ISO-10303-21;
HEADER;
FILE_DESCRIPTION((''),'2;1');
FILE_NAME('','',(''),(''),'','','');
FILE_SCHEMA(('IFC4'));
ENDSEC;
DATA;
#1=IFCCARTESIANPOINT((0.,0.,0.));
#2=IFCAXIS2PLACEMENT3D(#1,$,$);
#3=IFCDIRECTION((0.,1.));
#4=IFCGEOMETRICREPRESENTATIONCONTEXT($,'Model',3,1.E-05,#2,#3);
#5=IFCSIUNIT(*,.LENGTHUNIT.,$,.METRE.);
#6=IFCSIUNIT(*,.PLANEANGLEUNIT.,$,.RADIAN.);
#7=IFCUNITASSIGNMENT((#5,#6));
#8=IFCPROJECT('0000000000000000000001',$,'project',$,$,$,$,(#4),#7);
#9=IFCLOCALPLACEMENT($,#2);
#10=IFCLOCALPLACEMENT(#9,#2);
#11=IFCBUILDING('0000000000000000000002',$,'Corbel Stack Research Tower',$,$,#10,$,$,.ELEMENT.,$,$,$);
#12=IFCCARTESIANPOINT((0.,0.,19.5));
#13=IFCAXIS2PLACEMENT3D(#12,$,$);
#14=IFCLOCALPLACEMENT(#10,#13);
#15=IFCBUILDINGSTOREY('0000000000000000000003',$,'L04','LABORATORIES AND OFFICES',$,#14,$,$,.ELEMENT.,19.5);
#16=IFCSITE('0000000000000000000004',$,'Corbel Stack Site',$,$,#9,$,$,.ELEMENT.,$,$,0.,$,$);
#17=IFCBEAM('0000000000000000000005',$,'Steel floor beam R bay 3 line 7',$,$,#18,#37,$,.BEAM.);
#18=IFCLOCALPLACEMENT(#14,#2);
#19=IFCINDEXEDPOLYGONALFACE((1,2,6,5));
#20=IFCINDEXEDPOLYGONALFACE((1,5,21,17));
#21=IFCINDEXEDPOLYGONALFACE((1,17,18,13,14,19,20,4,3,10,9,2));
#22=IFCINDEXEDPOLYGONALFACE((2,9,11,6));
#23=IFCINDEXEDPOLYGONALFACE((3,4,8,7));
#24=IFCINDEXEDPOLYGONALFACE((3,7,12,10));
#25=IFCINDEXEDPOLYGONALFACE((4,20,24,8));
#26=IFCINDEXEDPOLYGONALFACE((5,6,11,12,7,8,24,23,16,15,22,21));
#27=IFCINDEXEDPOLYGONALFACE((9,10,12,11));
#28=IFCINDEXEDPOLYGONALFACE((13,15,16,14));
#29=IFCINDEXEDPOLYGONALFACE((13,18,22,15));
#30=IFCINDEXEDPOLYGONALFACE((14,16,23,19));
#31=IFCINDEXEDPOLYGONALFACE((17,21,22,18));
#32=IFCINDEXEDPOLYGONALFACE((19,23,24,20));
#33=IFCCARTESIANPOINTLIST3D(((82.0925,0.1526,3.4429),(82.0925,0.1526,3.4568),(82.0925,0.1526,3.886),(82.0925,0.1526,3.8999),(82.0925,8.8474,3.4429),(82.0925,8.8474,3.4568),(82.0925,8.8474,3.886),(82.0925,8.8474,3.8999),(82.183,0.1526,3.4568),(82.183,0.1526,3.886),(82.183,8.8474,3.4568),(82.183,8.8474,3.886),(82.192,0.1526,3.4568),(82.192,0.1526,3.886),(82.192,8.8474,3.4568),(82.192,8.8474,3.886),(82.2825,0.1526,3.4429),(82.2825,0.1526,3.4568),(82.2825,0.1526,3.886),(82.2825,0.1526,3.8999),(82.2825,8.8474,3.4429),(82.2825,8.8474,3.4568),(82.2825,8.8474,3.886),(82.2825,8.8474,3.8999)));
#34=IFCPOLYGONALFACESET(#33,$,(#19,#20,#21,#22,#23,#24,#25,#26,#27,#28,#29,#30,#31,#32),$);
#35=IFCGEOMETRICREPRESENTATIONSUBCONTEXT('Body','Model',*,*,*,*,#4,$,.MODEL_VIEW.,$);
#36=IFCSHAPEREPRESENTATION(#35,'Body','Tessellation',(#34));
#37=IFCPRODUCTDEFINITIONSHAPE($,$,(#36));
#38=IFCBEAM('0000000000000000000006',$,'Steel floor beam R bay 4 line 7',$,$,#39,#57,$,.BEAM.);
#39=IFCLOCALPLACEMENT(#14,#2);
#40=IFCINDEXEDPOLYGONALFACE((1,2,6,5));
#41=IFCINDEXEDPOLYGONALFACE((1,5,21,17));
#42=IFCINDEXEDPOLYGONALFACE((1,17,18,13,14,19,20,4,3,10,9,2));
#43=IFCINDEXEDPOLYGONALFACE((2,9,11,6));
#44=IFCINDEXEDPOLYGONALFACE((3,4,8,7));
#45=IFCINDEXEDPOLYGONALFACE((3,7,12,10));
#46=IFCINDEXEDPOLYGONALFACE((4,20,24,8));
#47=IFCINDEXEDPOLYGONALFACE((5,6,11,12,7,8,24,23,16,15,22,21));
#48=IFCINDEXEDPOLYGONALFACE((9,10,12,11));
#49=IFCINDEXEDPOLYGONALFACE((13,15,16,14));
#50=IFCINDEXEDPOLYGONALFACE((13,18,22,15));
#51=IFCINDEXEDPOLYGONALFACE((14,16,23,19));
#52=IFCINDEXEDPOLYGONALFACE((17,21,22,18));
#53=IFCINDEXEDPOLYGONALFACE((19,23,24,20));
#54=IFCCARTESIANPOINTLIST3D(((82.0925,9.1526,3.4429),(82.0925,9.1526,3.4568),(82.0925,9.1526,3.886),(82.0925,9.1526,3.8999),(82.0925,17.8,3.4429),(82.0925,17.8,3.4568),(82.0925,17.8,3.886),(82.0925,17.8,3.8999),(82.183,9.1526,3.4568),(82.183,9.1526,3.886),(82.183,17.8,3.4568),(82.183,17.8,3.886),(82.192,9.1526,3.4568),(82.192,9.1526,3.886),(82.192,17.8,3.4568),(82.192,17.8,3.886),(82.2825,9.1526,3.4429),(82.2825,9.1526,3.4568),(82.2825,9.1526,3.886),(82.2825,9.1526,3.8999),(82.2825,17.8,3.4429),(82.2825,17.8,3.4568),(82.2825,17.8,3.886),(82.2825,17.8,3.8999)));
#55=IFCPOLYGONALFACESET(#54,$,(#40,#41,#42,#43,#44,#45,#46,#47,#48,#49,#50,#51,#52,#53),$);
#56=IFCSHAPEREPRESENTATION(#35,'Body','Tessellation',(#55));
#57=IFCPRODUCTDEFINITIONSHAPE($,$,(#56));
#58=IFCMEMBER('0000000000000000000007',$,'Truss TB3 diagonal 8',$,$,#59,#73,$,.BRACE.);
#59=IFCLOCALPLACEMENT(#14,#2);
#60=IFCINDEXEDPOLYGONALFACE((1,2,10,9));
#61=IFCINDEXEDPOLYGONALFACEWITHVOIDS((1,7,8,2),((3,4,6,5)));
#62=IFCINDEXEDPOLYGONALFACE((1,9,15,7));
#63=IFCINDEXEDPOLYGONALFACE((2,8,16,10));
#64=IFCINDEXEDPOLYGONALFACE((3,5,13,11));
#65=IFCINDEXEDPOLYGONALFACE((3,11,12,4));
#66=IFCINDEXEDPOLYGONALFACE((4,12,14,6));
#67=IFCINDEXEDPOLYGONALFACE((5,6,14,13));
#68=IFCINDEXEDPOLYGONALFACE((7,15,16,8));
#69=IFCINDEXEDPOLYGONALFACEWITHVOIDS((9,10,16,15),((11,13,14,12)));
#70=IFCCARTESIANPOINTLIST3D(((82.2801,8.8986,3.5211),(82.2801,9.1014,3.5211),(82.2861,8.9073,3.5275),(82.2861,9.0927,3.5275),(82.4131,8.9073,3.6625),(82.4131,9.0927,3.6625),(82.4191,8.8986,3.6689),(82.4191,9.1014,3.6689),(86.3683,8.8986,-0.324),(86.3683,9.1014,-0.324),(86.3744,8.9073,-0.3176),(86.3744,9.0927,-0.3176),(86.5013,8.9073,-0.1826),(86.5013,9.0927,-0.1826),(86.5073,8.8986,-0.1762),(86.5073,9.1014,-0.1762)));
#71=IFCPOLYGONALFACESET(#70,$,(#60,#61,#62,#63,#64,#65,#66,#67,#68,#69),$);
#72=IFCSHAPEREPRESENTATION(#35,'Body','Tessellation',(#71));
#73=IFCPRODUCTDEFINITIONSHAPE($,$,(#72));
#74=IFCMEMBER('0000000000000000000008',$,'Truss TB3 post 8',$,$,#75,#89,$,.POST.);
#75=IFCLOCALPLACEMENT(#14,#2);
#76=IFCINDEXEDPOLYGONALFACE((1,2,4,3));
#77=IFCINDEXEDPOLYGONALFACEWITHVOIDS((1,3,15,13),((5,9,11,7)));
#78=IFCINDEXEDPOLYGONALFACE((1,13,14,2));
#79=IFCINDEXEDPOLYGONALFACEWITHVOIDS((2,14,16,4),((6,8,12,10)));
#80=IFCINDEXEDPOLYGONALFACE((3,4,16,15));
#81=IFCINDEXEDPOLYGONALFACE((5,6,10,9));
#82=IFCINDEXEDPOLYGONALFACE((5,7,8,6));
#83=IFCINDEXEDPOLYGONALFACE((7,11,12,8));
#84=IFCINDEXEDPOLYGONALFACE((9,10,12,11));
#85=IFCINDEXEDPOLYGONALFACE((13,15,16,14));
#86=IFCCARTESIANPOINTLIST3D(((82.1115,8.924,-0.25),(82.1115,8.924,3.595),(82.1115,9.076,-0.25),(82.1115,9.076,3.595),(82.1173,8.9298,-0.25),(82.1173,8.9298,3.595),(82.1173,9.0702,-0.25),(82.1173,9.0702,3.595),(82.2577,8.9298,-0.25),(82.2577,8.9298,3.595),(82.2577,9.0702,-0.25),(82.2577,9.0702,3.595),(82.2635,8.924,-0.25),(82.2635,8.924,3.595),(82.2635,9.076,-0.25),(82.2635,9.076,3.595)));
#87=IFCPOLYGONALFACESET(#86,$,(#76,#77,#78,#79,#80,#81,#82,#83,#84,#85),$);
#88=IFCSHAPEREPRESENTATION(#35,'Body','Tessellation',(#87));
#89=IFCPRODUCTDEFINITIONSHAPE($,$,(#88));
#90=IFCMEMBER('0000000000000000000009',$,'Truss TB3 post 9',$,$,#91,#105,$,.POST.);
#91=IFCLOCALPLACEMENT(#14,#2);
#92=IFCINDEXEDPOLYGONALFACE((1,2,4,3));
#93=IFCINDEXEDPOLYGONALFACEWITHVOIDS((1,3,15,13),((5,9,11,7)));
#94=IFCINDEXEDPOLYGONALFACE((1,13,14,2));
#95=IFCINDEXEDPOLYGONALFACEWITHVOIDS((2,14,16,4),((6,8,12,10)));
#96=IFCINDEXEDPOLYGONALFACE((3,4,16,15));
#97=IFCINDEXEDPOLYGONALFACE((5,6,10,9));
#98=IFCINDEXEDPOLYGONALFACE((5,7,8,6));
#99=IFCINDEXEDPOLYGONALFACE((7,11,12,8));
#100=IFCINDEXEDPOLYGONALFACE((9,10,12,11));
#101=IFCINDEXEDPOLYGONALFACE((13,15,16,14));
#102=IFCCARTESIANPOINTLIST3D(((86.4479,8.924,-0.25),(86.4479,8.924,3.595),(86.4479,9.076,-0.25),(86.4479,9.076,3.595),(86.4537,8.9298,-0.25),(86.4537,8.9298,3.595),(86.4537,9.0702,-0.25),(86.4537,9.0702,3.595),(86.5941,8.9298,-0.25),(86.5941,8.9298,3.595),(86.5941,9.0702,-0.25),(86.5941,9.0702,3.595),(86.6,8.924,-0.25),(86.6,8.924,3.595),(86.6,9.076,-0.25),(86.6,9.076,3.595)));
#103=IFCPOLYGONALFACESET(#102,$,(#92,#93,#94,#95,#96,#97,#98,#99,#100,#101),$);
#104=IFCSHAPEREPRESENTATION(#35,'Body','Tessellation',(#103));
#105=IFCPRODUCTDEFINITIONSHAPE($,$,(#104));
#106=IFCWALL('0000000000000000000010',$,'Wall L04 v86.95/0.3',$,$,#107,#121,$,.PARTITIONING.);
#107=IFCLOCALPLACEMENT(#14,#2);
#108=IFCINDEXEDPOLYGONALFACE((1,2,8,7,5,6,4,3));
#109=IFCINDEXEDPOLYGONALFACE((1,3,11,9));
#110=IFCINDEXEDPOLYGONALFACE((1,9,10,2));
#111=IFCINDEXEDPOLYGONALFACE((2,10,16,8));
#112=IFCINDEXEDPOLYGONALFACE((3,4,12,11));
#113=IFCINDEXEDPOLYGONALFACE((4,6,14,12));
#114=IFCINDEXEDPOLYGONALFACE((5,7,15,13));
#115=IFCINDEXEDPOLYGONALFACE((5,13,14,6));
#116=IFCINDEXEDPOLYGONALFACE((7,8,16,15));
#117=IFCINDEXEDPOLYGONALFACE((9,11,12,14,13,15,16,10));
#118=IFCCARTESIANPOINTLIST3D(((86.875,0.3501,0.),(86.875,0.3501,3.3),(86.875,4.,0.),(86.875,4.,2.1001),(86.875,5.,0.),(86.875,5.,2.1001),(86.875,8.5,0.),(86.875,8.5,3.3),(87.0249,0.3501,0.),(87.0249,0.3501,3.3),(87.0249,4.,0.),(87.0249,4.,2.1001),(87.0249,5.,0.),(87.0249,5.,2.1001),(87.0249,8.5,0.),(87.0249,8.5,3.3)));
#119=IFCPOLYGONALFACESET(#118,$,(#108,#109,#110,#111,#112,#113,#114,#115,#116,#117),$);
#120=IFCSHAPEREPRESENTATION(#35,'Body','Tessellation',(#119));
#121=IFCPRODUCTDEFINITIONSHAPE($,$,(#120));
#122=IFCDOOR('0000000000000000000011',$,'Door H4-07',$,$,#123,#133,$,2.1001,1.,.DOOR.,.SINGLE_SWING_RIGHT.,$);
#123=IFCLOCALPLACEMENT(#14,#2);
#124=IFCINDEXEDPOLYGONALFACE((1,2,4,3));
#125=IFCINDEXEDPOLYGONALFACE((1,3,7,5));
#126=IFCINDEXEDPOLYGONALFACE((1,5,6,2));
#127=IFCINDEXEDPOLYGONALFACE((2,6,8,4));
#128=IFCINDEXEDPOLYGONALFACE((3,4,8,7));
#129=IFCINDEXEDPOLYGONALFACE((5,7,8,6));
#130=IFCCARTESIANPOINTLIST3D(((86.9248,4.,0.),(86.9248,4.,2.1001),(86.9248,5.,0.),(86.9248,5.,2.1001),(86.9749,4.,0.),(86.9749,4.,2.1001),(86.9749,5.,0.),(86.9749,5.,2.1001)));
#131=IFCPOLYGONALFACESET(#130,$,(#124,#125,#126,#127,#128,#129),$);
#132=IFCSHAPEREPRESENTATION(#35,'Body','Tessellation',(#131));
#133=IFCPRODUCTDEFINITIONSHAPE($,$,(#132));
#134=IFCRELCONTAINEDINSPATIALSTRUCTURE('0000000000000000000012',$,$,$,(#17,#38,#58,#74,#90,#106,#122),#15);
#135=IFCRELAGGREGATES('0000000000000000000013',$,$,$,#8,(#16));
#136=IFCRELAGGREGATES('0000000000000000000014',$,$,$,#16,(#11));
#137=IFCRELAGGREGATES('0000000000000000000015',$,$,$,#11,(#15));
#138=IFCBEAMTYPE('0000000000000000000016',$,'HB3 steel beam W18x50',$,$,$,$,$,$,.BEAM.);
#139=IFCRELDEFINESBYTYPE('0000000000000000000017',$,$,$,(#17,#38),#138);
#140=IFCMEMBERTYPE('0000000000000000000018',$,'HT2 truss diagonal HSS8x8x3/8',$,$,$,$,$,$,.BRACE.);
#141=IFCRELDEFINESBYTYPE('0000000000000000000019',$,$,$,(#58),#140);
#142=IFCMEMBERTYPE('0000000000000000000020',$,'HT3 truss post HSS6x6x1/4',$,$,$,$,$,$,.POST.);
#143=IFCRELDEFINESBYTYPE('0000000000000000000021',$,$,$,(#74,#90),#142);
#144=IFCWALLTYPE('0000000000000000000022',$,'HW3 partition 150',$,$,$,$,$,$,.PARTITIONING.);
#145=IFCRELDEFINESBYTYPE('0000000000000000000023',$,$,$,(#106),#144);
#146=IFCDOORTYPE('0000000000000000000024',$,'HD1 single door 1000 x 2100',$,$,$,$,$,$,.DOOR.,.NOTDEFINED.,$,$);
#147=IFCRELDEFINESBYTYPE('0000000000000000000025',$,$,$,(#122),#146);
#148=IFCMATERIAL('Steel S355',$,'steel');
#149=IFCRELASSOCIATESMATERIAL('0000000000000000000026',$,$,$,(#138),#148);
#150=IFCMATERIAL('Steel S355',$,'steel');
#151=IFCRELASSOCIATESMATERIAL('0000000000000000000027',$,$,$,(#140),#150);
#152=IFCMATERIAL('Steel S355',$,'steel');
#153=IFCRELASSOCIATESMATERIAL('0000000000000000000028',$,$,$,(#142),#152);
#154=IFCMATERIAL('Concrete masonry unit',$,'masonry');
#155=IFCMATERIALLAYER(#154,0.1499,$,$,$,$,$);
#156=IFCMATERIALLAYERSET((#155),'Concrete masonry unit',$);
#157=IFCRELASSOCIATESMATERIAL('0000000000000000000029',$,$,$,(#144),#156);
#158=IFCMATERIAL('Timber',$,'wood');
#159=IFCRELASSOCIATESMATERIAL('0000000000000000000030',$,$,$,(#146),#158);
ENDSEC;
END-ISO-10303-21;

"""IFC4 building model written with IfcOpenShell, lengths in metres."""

from ifc_helpers import new_model, si_unit, direction, frame, frame_2d, origin, origin_2d, place, context, subcontext, project, spatial, rectangle, hollow_rectangle, i_section, extrude, material, layer, layer_set, material_profile, profile_set, type_object, element, fill, save


model = new_model("IFC4")

# Units and contexts
model_context = context("Model", 3, precision=1e-05, world=origin(), true_north=direction((0.0, 1.0)))
body_context = subcontext(model_context, "Body", "Model", "MODEL_VIEW")
ifc_project = project(units=[si_unit("LENGTHUNIT", "METRE"), si_unit("PLANEANGLEUNIT", "RADIAN")], contexts=[model_context])

# Site, building, storey
site_placement = place(None, origin())
site = spatial("IfcSite", under=ifc_project, at=site_placement, Name="Corbel Stack Site", CompositionType="ELEMENT", RefElevation=0.0)
building_placement = place(site_placement, origin())
building = spatial("IfcBuilding", under=site, at=building_placement, Name="Corbel Stack Research Tower", CompositionType="ELEMENT")
storey_placement = place(building_placement, frame((0.0, 0.0, 19.5)))
storey = spatial("IfcBuildingStorey", under=building, at=storey_placement, Name="L04", Description="LABORATORIES AND OFFICES", CompositionType="ELEMENT", Elevation=19.5)

# Beams
ifc_material_1 = material(Name="Steel S355", Category="steel")
ifc_material_profile_1 = material_profile(ifc_material_1, i_section(OverallWidth=0.1899, OverallDepth=0.457, WebThickness=0.009, FlangeThickness=0.0139, at=origin_2d()), Name="W18x50")
ifc_profile_set_1 = profile_set([ifc_material_profile_1], Name="Steel S355")
beam_type_1 = type_object("IfcBeamType", Name="HB3 steel beam W18x50", PredefinedType="BEAM", material=ifc_profile_set_1)
beam_1_placement = place(storey_placement, frame((82.1875, 0.1526, 3.6714), z_axis=(0.0, 1.0, 0.0), x_axis=(-1.0, 0.0, 0.0)))
element("IfcBeam", 1, at=beam_1_placement, inside=storey, type_object=beam_type_1, Name="Steel floor beam R bay 3 line 7", PredefinedType="BEAM", context=body_context, shape_type="SweptSolid", body=[
    extrude(i_section(OverallWidth=0.1899, OverallDepth=0.457, WebThickness=0.009, FlangeThickness=0.0139, at=origin_2d()), origin(), (0.0, 0.0, 1.0), 8.6948),
])
beam_2_placement = place(storey_placement, frame((82.1875, 9.1526, 3.6714), z_axis=(0.0, 1.0, 0.0), x_axis=(-1.0, 0.0, 0.0)))
element("IfcBeam", 2, at=beam_2_placement, inside=storey, type_object=beam_type_1, Name="Steel floor beam R bay 4 line 7", PredefinedType="BEAM", context=body_context, shape_type="SweptSolid", body=[
    extrude(i_section(OverallWidth=0.1899, OverallDepth=0.457, WebThickness=0.009, FlangeThickness=0.0139, at=origin_2d()), origin(), (0.0, 0.0, 1.0), 8.6475),
])

# Members
ifc_material_2 = material(Name="Steel S355", Category="steel")
ifc_material_profile_2 = material_profile(ifc_material_2, hollow_rectangle(XDim=0.2029, YDim=0.2029, WallThickness=0.0088, at=origin_2d()), Name="HSS8x8x3/8")
ifc_profile_set_2 = profile_set([ifc_material_profile_2], Name="Steel S355")
member_type_1 = type_object("IfcMemberType", Name="HT2 truss diagonal HSS8x8x3/8", PredefinedType="BRACE", material=ifc_profile_set_2)
member_placement = place(storey_placement, frame((82.3496, 9.0, 3.595), z_axis=(0.728439, 0.0, -0.685111), x_axis=(0.0, 1.0, 0.0)))
element("IfcMember", 3, at=member_placement, inside=storey, type_object=member_type_1, Name="Truss TB3 diagonal 8", PredefinedType="BRACE", context=body_context, shape_type="SweptSolid", body=[
    extrude(hollow_rectangle(XDim=0.2029, YDim=0.2029, WallThickness=0.0088, at=origin_2d()), origin(), (0.0, 0.0, 1.0), 5.6123),
])
ifc_material_3 = material(Name="Steel S355", Category="steel")
ifc_material_profile_3 = material_profile(ifc_material_3, hollow_rectangle(XDim=0.1521, YDim=0.1521, WallThickness=0.0059, at=origin_2d()), Name="HSS6x6x1/4")
ifc_profile_set_3 = profile_set([ifc_material_profile_3], Name="Steel S355")
member_type_2 = type_object("IfcMemberType", Name="HT3 truss post HSS6x6x1/4", PredefinedType="POST", material=ifc_profile_set_3)
for number, where, z_axis, x_axis, name in (
    (4, (82.1875, 9.0, -0.25), (0.0, 0.0, 1.0), (1.0, 0.0, 0.0), "Truss TB3 post 8"),
    (5, (86.5239, 9.0, -0.25), (0.0, 0.0, 1.0), (1.0, 0.0, 0.0), "Truss TB3 post 9"),
):
    element("IfcMember", number, at=place(storey_placement, frame(where, z_axis=z_axis, x_axis=x_axis)), inside=storey, type_object=member_type_2, Name=name, PredefinedType="POST", context=body_context, shape_type="SweptSolid", body=[
        extrude(hollow_rectangle(XDim=0.1521, YDim=0.1521, WallThickness=0.0059, at=origin_2d()), origin(), (0.0, 0.0, 1.0), 3.845),
    ])

# Wall, opening, door
ifc_material_4 = material(Name="Concrete masonry unit", Category="masonry")
ifc_layer = layer(ifc_material_4, 0.1499)
ifc_layer_set = layer_set([ifc_layer], Name="Concrete masonry unit")
wall_type = type_object("IfcWallType", Name="HW3 partition 150", PredefinedType="PARTITIONING", material=ifc_layer_set)
wall_placement = place(storey_placement, frame((86.95, 8.5, 0.0), z_axis=(0.0, 0.0, 1.0), x_axis=(0.0, -1.0, 0.0)))
wall = element("IfcWall", 6, at=wall_placement, inside=storey, type_object=wall_type, Name="Wall L04 v86.95/0.3", PredefinedType="PARTITIONING", context=body_context, shape_type="SweptSolid", body=[
    extrude(rectangle(XDim=8.1499, YDim=0.1499, at=frame_2d((4.075, 0.0))), origin(), (0.0, 0.0, 1.0), 3.3),
])
opening_placement = place(wall_placement, frame((3.5, 0.0, 0.0)))
opening = element("IfcOpeningElement", 7, at=opening_placement, cuts=wall, PredefinedType="OPENING", context=body_context, shape_type="SweptSolid", body=[
    extrude(rectangle(XDim=1.0, YDim=2.1001, at=frame_2d((0.5, 1.05))), frame((0.0, 0.085, 0.0), z_axis=(0.0, -1.0, 0.0), x_axis=(1.0, 0.0, 0.0)), (0.0, 0.0, 1.0), 0.1699),
])
ifc_material_5 = material(Name="Timber", Category="wood")
door_type = type_object("IfcDoorType", Name="HD1 single door 1000 x 2100", OperationType="NOTDEFINED", PredefinedType="DOOR", material=ifc_material_5)
door_placement = place(opening_placement, origin())
door = element("IfcDoor", 8, at=door_placement, inside=storey, type_object=door_type, Name="Door H4-07", OperationType="SINGLE_SWING_RIGHT", OverallHeight=2.1001, OverallWidth=1.0, PredefinedType="DOOR", context=body_context, shape_type="SweptSolid", body=[
    extrude(rectangle(XDim=1.0, YDim=2.1001, at=frame_2d((0.5, 1.05))), frame((0.0, 0.0249, 0.0), z_axis=(0.0, -1.0, 0.0), x_axis=(1.0, 0.0, 0.0)), (0.0, 0.0, 1.0), 0.05),
])
fill(opening, door)

save(model, "model.ifc")
